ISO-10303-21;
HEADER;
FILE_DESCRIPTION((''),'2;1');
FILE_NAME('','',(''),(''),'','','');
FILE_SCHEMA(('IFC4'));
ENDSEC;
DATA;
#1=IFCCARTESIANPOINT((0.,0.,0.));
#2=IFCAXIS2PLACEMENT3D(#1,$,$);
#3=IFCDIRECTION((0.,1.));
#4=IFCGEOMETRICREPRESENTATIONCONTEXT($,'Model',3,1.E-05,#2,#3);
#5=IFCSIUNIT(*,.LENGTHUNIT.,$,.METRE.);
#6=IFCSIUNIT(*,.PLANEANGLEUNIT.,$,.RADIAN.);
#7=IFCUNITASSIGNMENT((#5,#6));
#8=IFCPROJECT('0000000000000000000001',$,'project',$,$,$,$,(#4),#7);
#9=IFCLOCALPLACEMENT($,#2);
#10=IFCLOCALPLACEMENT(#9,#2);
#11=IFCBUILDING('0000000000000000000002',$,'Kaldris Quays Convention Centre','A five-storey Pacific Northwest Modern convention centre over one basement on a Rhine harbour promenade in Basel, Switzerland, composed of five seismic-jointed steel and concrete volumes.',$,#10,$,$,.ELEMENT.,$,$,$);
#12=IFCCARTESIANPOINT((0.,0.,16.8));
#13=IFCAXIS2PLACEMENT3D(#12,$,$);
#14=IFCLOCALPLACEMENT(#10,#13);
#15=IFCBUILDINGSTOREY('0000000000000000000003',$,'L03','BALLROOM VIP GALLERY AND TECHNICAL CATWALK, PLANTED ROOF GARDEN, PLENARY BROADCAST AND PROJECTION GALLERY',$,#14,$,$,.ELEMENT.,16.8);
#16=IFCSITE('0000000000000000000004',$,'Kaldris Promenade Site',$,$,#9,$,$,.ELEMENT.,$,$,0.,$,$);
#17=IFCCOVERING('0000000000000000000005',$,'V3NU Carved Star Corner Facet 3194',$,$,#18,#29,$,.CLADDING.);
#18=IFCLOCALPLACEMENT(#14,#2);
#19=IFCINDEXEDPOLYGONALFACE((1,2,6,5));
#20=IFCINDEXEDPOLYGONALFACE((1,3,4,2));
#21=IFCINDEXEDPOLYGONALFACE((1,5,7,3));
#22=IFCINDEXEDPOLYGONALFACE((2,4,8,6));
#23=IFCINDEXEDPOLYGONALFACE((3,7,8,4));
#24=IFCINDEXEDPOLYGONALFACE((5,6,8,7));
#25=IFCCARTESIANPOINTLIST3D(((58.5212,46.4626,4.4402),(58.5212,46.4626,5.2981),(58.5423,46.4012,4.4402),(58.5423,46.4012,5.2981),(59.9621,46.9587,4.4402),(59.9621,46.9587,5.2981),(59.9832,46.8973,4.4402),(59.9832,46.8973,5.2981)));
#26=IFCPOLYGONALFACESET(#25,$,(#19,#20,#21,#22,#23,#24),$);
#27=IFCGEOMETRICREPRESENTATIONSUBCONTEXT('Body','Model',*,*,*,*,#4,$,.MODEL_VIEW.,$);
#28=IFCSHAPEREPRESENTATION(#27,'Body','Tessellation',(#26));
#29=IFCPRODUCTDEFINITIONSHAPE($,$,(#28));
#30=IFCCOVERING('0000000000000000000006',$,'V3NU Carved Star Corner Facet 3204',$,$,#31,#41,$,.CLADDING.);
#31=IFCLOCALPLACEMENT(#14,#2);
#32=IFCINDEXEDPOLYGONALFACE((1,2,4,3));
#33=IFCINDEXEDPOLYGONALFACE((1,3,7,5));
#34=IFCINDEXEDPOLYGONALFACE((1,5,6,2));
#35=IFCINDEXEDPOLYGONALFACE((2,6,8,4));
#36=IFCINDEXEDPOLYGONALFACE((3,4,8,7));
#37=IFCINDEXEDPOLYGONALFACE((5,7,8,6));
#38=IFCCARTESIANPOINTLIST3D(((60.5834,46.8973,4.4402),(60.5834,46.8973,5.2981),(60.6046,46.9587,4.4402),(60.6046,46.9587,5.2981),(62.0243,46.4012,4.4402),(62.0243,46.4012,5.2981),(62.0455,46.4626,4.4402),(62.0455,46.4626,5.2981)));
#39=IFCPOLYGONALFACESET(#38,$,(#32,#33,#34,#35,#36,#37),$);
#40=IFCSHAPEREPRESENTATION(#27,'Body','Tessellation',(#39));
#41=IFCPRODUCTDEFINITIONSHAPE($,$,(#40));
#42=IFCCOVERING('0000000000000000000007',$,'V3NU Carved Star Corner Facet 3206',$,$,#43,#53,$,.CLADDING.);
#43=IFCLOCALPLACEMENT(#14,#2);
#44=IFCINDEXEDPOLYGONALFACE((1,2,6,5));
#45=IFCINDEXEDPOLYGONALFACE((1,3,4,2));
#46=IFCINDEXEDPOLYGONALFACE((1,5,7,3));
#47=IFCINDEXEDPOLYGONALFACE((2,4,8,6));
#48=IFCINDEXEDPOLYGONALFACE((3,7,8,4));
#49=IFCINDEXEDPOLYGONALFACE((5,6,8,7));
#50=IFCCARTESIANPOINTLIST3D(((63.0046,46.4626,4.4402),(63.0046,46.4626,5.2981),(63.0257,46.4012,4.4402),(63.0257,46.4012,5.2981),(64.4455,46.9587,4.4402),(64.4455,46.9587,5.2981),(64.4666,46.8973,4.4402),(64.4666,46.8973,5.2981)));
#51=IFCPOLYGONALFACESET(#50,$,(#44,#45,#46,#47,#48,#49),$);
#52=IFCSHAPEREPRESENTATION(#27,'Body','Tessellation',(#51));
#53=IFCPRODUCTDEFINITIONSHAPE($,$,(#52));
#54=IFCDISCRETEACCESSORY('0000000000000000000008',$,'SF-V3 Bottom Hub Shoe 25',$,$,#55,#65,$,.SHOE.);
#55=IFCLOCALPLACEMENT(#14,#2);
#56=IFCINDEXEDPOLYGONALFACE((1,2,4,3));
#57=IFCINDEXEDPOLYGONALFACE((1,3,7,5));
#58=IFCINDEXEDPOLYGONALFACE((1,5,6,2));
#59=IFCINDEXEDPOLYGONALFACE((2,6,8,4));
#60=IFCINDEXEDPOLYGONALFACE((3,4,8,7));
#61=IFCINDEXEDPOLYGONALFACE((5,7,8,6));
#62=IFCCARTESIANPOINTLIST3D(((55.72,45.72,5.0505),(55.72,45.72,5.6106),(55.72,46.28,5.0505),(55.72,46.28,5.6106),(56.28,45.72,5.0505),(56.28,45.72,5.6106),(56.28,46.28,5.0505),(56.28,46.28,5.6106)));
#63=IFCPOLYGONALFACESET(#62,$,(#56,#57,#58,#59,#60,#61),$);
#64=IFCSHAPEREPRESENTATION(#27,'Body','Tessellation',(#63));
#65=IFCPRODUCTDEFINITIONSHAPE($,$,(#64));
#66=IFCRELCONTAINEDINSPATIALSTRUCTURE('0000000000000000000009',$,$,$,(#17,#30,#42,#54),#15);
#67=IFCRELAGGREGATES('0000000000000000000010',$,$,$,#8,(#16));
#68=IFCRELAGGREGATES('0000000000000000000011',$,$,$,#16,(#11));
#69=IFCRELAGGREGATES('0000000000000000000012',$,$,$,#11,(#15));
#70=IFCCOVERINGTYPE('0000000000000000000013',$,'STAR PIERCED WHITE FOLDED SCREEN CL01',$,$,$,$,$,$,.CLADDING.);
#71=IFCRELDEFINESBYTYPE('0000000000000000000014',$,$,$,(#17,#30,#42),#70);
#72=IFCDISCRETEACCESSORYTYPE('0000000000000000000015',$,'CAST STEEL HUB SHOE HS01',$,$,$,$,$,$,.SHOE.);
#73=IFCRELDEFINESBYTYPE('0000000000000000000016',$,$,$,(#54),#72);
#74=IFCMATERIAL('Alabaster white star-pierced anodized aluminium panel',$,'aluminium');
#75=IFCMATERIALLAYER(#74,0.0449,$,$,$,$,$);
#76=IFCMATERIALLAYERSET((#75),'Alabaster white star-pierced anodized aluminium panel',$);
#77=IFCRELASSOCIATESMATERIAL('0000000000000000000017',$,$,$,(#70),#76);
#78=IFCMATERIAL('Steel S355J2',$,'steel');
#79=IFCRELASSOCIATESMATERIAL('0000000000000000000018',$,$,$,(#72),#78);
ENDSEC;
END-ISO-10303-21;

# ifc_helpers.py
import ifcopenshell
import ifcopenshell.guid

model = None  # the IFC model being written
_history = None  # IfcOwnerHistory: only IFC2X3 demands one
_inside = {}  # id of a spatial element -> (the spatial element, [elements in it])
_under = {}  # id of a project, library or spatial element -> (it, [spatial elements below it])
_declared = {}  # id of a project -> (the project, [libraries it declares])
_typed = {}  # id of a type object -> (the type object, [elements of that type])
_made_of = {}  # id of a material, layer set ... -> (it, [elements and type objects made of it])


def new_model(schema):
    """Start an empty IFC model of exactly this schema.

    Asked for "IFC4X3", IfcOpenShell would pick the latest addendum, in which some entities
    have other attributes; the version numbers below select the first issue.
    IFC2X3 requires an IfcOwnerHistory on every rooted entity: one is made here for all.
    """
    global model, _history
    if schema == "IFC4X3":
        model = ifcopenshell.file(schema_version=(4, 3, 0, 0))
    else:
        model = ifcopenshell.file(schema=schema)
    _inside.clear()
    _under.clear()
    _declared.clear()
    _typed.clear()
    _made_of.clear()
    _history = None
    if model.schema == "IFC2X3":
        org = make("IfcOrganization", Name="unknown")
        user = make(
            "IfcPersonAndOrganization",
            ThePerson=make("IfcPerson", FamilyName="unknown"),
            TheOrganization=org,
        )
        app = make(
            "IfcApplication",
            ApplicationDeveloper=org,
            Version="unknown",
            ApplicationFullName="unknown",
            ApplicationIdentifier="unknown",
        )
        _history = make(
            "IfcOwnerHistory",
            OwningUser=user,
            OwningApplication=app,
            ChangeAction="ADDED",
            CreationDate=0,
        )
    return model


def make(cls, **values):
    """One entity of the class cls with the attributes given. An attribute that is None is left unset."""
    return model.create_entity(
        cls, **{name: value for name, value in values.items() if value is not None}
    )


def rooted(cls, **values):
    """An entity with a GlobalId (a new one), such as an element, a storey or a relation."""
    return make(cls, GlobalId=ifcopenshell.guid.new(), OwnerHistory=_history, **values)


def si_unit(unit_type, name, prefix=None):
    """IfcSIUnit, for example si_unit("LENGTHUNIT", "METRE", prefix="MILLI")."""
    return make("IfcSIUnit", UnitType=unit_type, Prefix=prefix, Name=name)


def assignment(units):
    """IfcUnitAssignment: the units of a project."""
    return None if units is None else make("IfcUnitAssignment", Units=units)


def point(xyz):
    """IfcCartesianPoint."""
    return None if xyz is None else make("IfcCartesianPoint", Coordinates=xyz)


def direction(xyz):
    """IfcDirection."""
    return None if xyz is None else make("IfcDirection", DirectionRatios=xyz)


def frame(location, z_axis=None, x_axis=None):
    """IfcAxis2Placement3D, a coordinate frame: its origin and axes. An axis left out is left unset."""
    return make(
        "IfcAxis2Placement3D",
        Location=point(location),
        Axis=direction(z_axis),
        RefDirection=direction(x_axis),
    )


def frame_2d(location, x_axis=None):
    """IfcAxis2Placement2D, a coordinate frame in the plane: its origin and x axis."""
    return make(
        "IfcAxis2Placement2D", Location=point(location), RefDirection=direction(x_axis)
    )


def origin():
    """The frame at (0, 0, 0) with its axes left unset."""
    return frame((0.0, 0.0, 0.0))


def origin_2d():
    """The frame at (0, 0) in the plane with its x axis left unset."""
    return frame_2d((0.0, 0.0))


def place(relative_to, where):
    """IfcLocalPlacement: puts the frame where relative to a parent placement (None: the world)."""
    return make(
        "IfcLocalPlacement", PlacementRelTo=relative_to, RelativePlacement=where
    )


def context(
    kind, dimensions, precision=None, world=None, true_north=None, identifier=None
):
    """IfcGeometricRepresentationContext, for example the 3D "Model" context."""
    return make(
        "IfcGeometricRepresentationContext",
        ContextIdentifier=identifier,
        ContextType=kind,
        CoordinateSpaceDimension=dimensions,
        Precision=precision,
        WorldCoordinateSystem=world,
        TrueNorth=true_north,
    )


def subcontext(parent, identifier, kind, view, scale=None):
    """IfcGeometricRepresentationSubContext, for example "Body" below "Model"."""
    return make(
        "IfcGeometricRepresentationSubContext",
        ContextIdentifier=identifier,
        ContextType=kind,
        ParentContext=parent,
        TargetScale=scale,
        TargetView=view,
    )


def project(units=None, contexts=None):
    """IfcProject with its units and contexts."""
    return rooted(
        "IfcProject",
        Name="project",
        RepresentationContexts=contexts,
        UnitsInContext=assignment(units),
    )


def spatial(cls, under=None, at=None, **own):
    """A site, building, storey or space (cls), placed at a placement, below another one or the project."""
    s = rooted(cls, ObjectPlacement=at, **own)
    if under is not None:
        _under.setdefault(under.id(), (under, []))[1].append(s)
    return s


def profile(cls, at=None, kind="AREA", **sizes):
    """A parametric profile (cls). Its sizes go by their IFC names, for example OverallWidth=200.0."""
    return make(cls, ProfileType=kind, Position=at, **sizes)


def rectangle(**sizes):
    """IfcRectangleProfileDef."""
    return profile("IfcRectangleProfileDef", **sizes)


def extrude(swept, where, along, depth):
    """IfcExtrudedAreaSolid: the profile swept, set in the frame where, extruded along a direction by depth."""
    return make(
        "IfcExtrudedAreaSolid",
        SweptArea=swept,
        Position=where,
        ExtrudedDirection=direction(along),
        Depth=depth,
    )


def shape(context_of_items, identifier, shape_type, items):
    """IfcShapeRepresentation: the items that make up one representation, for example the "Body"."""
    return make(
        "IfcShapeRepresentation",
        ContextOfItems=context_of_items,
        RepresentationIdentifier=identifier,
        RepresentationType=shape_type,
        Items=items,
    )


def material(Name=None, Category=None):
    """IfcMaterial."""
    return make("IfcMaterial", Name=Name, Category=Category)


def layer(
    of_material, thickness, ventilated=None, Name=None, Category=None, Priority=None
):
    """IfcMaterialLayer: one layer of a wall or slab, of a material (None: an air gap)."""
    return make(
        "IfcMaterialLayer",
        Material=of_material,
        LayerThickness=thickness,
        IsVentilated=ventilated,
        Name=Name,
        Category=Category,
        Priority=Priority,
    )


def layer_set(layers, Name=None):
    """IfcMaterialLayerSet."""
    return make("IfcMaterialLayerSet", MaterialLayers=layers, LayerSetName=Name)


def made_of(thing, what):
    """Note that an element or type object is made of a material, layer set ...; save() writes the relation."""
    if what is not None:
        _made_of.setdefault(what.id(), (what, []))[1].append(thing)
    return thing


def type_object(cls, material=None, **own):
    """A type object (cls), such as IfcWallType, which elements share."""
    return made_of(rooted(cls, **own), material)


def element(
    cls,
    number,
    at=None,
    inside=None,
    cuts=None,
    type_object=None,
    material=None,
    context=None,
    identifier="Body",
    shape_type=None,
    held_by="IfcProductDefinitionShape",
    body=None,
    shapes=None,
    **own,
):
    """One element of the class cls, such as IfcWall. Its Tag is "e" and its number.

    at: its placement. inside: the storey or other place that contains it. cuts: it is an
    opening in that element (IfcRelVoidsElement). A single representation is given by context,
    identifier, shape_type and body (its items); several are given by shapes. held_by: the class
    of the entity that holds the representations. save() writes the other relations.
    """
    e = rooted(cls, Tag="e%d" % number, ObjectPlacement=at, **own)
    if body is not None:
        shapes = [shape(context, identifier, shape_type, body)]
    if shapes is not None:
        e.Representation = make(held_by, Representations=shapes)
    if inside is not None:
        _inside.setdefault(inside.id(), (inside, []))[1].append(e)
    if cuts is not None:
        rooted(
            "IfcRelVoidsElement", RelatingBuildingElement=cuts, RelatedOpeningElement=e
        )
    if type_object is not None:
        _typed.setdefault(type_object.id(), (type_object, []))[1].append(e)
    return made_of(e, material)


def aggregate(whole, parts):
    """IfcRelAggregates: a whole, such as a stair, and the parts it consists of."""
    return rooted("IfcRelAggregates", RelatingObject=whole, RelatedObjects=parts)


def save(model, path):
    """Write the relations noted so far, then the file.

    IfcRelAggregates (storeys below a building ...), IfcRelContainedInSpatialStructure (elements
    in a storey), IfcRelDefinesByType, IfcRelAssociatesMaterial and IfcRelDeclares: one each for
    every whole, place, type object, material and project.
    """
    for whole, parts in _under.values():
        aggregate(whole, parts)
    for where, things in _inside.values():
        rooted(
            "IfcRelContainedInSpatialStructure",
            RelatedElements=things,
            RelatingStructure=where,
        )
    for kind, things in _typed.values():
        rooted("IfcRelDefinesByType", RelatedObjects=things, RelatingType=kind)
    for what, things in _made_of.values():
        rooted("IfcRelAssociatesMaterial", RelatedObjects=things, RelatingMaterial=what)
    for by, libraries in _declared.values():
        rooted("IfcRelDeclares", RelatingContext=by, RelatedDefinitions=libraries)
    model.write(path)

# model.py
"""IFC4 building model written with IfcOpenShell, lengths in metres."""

from ifc_helpers import new_model, si_unit, direction, frame, origin, origin_2d, place, context, subcontext, project, spatial, rectangle, extrude, material, layer, layer_set, type_object, element, save


model = new_model("IFC4")

# Units and contexts
model_context = context("Model", 3, precision=1e-05, world=origin(), true_north=direction((0.0, 1.0)))
body_context = subcontext(model_context, "Body", "Model", "MODEL_VIEW")
ifc_project = project(units=[si_unit("LENGTHUNIT", "METRE"), si_unit("PLANEANGLEUNIT", "RADIAN")], contexts=[model_context])

# Site, building, storey
site_placement = place(None, origin())
site = spatial("IfcSite", under=ifc_project, at=site_placement, Name="Kaldris Promenade Site", CompositionType="ELEMENT", RefElevation=0.0)
building_placement = place(site_placement, origin())
building = spatial("IfcBuilding", under=site, at=building_placement, Name="Kaldris Quays Convention Centre", Description="A five-storey Pacific Northwest Modern convention centre over one basement on a Rhine harbour promenade in Basel, Switzerland, composed of five seismic-jointed steel and concrete volumes.", CompositionType="ELEMENT")
storey_placement = place(building_placement, frame((0.0, 0.0, 16.8)))
storey = spatial("IfcBuildingStorey", under=building, at=storey_placement, Name="L03", Description="BALLROOM VIP GALLERY AND TECHNICAL CATWALK, PLANTED ROOF GARDEN, PLENARY BROADCAST AND PROJECTION GALLERY", CompositionType="ELEMENT", Elevation=16.8)

# Coverings
ifc_material_1 = material(Name="Alabaster white star-pierced anodized aluminium panel", Category="aluminium")
ifc_layer = layer(ifc_material_1, 0.0449)
ifc_layer_set = layer_set([ifc_layer], Name="Alabaster white star-pierced anodized aluminium panel")
covering_type = type_object("IfcCoveringType", Name="STAR PIERCED WHITE FOLDED SCREEN CL01", PredefinedType="CLADDING", material=ifc_layer_set)
for number, where, z_axis, x_axis, name in (
    (1, (59.2522, 46.6799, 4.4402), (0.0, 0.0, 1.0), (0.945519, 0.325568, 0.0), "V3NU Carved Star Corner Facet 3194"),
    (2, (61.3145, 46.6799, 4.4402), (0.0, 0.0, 1.0), (0.945519, -0.325568, 0.0), "V3NU Carved Star Corner Facet 3204"),
    (3, (63.7356, 46.6799, 4.4402), (0.0, 0.0, 1.0), (0.945519, 0.325568, 0.0), "V3NU Carved Star Corner Facet 3206"),
):
    element("IfcCovering", number, at=place(storey_placement, frame(where, z_axis=z_axis, x_axis=x_axis)), inside=storey, type_object=covering_type, Name=name, PredefinedType="CLADDING", context=body_context, shape_type="SweptSolid", body=[
        extrude(rectangle(XDim=1.5239, YDim=0.0649, at=origin_2d()), origin(), (0.0, 0.0, 1.0), 0.8579),
    ])

# Discrete accessory
ifc_material_2 = material(Name="Steel S355J2", Category="steel")
discrete_accessory_type = type_object("IfcDiscreteAccessoryType", Name="CAST STEEL HUB SHOE HS01", PredefinedType="SHOE", material=ifc_material_2)
discrete_accessory_placement = place(storey_placement, frame((56.0, 46.0, 5.0505), z_axis=(0.0, 0.0, 1.0), x_axis=(1.0, 0.0, 0.0)))
element("IfcDiscreteAccessory", 4, at=discrete_accessory_placement, inside=storey, type_object=discrete_accessory_type, Name="SF-V3 Bottom Hub Shoe 25", PredefinedType="SHOE", context=body_context, shape_type="SweptSolid", body=[
    extrude(rectangle(XDim=0.5601, YDim=0.5601, at=origin_2d()), origin(), (0.0, 0.0, 1.0), 0.5601),
])

save(model, "model.ifc")
